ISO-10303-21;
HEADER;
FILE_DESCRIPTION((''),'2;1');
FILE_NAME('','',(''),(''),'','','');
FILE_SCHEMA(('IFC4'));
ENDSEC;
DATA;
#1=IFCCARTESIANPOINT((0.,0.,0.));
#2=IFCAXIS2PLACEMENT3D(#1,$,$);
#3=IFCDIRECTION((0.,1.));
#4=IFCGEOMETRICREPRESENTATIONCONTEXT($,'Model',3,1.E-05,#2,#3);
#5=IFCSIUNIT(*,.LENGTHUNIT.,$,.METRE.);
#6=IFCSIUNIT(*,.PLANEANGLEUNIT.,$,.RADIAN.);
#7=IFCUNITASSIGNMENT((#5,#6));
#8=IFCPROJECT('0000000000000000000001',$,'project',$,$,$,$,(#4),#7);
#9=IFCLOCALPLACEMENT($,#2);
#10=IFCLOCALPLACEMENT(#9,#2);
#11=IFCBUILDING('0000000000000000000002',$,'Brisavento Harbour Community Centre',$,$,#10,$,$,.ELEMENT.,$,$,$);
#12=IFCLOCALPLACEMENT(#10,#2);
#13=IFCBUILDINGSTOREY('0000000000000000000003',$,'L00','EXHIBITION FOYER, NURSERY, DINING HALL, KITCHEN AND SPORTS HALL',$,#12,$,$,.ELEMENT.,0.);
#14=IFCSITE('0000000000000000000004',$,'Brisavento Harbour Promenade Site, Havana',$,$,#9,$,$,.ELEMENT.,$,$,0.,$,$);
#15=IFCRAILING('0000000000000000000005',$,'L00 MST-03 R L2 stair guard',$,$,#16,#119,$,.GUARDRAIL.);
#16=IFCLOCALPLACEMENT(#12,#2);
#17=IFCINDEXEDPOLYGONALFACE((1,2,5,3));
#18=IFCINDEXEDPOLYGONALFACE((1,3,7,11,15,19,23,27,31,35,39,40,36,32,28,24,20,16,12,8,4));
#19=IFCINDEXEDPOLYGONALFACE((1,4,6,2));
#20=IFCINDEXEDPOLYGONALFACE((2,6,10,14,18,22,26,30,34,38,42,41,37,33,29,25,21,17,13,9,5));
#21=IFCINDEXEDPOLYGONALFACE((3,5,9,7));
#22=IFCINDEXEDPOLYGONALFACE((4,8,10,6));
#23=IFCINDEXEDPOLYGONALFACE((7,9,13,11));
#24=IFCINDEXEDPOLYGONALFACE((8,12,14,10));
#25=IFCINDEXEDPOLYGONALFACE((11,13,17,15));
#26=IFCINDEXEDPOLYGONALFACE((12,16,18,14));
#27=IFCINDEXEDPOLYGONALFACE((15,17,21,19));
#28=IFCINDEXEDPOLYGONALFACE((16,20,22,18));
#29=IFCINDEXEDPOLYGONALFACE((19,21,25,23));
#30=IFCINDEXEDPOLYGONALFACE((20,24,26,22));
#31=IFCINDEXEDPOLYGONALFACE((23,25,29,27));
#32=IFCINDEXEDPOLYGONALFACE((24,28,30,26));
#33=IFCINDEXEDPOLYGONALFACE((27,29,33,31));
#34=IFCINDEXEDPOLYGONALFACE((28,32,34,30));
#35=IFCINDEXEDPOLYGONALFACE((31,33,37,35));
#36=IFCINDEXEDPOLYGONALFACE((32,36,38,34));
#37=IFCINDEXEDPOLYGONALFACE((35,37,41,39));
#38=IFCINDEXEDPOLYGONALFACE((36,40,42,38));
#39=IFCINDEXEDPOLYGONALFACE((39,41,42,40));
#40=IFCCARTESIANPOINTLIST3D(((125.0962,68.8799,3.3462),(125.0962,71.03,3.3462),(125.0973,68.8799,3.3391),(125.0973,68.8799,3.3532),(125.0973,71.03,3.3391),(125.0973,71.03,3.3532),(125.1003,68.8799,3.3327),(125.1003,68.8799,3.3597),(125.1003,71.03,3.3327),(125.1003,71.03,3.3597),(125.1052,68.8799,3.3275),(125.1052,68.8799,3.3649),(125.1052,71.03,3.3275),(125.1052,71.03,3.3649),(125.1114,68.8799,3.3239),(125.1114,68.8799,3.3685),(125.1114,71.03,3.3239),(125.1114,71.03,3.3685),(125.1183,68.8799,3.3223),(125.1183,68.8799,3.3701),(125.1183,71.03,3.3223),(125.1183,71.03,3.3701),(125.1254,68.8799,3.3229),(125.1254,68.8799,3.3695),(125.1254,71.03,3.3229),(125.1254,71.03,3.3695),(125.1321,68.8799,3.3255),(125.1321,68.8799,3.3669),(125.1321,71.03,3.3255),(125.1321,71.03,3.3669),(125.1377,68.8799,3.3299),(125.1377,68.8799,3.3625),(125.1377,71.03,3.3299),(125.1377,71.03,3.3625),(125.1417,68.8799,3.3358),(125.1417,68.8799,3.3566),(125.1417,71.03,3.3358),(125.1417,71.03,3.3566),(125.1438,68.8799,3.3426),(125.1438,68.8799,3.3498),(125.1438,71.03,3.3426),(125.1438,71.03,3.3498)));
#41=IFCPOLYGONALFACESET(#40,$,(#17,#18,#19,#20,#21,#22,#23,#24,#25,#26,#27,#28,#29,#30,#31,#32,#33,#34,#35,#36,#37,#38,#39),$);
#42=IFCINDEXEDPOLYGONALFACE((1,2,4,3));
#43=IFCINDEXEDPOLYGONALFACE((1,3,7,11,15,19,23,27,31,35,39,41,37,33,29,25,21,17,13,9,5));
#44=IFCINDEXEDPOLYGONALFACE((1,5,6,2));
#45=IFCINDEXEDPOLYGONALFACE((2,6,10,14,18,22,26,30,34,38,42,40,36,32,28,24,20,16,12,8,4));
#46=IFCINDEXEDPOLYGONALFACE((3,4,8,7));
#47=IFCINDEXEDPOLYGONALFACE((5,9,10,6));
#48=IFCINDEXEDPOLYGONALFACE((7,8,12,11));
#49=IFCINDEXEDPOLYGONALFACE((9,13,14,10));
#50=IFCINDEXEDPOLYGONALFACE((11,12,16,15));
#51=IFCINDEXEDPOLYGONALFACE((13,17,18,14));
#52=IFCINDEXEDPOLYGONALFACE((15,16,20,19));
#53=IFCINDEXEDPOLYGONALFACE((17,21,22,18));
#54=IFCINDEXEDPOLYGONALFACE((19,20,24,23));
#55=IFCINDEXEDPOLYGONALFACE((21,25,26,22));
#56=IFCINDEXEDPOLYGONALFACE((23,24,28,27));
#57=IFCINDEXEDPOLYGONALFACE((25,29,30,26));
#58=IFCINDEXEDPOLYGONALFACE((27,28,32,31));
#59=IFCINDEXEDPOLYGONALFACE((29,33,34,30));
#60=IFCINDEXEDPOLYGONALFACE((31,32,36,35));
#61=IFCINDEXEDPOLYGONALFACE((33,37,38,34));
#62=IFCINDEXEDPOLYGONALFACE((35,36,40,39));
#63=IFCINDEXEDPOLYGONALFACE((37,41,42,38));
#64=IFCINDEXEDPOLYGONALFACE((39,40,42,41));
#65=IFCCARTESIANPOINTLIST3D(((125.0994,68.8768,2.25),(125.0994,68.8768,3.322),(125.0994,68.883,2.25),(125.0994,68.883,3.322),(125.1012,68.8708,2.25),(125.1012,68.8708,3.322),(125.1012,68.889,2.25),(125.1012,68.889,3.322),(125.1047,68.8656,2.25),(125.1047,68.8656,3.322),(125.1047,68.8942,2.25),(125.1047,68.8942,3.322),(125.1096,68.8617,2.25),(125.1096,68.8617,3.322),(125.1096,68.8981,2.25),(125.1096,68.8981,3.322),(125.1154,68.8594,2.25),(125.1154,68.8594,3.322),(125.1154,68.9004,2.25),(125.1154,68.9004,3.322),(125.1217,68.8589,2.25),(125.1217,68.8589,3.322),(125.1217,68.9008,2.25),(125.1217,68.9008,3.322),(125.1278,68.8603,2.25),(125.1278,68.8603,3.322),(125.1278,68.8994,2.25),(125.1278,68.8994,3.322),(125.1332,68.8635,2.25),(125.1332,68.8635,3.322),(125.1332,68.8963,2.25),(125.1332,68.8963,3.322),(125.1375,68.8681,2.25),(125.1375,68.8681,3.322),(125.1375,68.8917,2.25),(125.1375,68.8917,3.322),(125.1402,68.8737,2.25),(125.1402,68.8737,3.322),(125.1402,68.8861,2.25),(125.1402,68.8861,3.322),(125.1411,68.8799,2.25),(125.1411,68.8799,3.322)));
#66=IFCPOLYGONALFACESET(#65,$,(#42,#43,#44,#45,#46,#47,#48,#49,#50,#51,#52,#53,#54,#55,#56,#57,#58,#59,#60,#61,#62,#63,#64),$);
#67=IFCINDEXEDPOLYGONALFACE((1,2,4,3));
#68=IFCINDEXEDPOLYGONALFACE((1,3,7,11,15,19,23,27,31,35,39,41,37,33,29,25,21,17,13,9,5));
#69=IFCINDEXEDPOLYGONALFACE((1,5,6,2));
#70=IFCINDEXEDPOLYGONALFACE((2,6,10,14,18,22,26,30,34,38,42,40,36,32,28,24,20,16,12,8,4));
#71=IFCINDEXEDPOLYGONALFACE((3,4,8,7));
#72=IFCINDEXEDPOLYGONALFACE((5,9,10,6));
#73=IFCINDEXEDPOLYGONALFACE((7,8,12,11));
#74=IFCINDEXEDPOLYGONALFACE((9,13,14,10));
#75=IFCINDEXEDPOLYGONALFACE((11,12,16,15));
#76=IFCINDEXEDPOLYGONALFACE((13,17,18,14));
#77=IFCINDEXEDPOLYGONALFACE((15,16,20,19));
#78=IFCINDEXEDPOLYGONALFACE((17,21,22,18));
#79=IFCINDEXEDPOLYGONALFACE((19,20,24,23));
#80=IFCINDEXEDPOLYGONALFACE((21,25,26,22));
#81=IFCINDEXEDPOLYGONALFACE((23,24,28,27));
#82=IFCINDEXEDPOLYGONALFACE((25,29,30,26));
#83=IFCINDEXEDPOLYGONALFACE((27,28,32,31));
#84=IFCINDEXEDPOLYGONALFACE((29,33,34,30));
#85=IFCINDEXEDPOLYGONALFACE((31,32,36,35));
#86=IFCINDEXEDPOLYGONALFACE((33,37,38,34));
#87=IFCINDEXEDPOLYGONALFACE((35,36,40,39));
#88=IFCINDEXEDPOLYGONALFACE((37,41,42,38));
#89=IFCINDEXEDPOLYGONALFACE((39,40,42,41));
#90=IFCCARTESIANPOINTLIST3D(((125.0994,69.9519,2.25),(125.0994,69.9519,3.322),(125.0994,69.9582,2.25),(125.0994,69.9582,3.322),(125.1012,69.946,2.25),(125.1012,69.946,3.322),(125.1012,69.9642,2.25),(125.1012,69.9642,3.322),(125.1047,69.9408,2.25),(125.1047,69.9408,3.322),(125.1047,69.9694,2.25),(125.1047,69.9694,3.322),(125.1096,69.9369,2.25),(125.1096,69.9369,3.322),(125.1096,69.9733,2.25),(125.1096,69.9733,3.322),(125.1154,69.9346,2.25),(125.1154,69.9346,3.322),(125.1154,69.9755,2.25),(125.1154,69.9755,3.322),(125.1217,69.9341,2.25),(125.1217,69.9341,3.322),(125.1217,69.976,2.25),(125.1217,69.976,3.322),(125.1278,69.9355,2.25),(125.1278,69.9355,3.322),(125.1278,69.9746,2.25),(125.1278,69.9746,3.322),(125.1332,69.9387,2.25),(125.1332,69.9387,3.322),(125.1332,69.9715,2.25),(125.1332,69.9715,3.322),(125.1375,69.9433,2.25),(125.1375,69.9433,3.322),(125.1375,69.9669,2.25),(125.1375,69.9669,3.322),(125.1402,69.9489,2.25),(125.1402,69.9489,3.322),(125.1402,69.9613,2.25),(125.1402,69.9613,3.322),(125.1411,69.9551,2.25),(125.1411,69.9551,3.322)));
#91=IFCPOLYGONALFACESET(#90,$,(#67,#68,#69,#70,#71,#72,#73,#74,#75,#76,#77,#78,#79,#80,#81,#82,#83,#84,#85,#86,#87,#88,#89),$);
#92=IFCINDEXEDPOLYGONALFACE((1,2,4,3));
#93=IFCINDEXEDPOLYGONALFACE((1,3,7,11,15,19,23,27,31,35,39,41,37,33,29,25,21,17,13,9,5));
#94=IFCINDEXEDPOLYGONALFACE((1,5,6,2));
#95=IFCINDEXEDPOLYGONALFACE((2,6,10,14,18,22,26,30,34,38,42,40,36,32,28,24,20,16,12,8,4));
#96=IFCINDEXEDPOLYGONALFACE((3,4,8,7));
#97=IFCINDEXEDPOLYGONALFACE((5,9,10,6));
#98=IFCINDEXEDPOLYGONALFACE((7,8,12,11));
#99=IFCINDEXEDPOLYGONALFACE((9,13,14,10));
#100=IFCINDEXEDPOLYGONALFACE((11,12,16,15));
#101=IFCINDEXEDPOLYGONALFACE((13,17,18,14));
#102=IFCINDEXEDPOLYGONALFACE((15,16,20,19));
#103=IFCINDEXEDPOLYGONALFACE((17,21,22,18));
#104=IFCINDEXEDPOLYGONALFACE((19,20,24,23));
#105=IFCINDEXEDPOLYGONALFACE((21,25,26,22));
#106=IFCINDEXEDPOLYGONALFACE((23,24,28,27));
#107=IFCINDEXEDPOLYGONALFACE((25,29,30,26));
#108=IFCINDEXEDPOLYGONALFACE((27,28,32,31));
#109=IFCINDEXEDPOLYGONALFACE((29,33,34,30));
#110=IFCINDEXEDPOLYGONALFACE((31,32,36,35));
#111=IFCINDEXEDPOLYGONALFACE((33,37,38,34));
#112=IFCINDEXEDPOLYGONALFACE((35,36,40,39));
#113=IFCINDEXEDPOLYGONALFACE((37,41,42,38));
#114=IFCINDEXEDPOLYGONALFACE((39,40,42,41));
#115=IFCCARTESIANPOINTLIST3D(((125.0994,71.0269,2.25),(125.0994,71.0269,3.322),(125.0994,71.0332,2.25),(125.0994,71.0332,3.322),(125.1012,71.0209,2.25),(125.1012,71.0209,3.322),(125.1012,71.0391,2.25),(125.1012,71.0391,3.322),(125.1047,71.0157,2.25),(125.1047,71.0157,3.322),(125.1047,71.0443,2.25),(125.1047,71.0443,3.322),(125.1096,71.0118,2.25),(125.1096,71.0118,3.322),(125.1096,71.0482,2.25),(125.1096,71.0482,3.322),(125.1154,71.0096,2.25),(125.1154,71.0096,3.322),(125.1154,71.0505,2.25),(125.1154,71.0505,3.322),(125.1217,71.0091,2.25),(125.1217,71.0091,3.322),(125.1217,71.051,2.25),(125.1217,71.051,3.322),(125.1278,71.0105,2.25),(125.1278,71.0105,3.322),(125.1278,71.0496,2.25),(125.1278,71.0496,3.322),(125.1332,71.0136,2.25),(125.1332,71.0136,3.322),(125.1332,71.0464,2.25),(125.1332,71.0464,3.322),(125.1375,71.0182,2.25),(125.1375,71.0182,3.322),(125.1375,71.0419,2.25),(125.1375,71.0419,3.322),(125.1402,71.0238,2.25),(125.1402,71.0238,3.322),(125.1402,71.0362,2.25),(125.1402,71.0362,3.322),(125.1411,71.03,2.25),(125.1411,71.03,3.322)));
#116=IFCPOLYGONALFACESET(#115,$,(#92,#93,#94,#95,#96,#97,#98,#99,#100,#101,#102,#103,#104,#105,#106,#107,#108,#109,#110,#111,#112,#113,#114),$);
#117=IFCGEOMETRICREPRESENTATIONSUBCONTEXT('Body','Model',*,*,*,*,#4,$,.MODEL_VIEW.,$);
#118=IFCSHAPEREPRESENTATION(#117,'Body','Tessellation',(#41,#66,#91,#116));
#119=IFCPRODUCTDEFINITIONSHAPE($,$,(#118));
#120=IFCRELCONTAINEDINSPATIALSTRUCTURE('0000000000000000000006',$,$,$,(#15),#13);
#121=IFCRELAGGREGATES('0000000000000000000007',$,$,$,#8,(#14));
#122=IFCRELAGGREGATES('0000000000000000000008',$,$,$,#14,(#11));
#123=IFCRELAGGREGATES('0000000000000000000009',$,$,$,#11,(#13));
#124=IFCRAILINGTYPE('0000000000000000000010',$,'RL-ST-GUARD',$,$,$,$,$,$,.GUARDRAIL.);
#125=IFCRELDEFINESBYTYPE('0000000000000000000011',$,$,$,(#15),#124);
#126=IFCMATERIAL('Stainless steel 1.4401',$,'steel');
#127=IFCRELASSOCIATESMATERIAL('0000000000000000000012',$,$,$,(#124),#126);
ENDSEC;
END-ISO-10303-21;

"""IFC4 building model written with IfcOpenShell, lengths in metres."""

from ifc_helpers import new_model, si_unit, direction, frame, origin, origin_2d, place, context, subcontext, project, spatial, circle, extrude, material, type_object, element, save


model = new_model("IFC4")

# Units and contexts
model_context = context("Model", 3, precision=1e-05, world=origin(), true_north=direction((0.0, 1.0)))
body_context = subcontext(model_context, "Body", "Model", "MODEL_VIEW")
ifc_project = project(units=[si_unit("LENGTHUNIT", "METRE"), si_unit("PLANEANGLEUNIT", "RADIAN")], contexts=[model_context])

# Site, building, storey
site_placement = place(None, origin())
site = spatial("IfcSite", under=ifc_project, at=site_placement, Name="Brisavento Harbour Promenade Site, Havana", CompositionType="ELEMENT", RefElevation=0.0)
building_placement = place(site_placement, origin())
building = spatial("IfcBuilding", under=site, at=building_placement, Name="Brisavento Harbour Community Centre", CompositionType="ELEMENT")
storey_placement = place(building_placement, origin())
storey = spatial("IfcBuildingStorey", under=building, at=storey_placement, Name="L00", Description="EXHIBITION FOYER, NURSERY, DINING HALL, KITCHEN AND SPORTS HALL", CompositionType="ELEMENT", Elevation=0.0)

# Railing
ifc_material_1 = material(Name="Stainless steel 1.4401", Category="steel")
railing_type = type_object("IfcRailingType", Name="RL-ST-GUARD", PredefinedType="GUARDRAIL", material=ifc_material_1)
railing_1_placement = place(storey_placement, frame((125.1201, 68.8799, 2.25)))
element("IfcRailing", 1, at=railing_1_placement, inside=storey, type_object=railing_type, Name="L00 MST-03 R L2 stair guard", PredefinedType="GUARDRAIL", context=body_context, shape_type="SweptSolid", body=[
    extrude(circle(Radius=0.0239, at=origin_2d()), frame((0.0, 0.0, 1.0962), z_axis=(0.0, 1.0, 0.0), x_axis=(-1.0, 0.0, 0.0)), (0.0, 0.0, 1.0), 2.1501),
    extrude(circle(Radius=0.021, at=origin_2d()), origin(), (0.0, 0.0, 1.0), 1.072),
    extrude(circle(Radius=0.021, at=origin_2d()), frame((0.0, 1.0752, 0.0)), (0.0, 0.0, 1.0), 1.072),
    extrude(circle(Radius=0.021, at=origin_2d()), frame((0.0, 2.1501, 0.0)), (0.0, 0.0, 1.0), 1.072),
])

save(model, "model.ifc")
